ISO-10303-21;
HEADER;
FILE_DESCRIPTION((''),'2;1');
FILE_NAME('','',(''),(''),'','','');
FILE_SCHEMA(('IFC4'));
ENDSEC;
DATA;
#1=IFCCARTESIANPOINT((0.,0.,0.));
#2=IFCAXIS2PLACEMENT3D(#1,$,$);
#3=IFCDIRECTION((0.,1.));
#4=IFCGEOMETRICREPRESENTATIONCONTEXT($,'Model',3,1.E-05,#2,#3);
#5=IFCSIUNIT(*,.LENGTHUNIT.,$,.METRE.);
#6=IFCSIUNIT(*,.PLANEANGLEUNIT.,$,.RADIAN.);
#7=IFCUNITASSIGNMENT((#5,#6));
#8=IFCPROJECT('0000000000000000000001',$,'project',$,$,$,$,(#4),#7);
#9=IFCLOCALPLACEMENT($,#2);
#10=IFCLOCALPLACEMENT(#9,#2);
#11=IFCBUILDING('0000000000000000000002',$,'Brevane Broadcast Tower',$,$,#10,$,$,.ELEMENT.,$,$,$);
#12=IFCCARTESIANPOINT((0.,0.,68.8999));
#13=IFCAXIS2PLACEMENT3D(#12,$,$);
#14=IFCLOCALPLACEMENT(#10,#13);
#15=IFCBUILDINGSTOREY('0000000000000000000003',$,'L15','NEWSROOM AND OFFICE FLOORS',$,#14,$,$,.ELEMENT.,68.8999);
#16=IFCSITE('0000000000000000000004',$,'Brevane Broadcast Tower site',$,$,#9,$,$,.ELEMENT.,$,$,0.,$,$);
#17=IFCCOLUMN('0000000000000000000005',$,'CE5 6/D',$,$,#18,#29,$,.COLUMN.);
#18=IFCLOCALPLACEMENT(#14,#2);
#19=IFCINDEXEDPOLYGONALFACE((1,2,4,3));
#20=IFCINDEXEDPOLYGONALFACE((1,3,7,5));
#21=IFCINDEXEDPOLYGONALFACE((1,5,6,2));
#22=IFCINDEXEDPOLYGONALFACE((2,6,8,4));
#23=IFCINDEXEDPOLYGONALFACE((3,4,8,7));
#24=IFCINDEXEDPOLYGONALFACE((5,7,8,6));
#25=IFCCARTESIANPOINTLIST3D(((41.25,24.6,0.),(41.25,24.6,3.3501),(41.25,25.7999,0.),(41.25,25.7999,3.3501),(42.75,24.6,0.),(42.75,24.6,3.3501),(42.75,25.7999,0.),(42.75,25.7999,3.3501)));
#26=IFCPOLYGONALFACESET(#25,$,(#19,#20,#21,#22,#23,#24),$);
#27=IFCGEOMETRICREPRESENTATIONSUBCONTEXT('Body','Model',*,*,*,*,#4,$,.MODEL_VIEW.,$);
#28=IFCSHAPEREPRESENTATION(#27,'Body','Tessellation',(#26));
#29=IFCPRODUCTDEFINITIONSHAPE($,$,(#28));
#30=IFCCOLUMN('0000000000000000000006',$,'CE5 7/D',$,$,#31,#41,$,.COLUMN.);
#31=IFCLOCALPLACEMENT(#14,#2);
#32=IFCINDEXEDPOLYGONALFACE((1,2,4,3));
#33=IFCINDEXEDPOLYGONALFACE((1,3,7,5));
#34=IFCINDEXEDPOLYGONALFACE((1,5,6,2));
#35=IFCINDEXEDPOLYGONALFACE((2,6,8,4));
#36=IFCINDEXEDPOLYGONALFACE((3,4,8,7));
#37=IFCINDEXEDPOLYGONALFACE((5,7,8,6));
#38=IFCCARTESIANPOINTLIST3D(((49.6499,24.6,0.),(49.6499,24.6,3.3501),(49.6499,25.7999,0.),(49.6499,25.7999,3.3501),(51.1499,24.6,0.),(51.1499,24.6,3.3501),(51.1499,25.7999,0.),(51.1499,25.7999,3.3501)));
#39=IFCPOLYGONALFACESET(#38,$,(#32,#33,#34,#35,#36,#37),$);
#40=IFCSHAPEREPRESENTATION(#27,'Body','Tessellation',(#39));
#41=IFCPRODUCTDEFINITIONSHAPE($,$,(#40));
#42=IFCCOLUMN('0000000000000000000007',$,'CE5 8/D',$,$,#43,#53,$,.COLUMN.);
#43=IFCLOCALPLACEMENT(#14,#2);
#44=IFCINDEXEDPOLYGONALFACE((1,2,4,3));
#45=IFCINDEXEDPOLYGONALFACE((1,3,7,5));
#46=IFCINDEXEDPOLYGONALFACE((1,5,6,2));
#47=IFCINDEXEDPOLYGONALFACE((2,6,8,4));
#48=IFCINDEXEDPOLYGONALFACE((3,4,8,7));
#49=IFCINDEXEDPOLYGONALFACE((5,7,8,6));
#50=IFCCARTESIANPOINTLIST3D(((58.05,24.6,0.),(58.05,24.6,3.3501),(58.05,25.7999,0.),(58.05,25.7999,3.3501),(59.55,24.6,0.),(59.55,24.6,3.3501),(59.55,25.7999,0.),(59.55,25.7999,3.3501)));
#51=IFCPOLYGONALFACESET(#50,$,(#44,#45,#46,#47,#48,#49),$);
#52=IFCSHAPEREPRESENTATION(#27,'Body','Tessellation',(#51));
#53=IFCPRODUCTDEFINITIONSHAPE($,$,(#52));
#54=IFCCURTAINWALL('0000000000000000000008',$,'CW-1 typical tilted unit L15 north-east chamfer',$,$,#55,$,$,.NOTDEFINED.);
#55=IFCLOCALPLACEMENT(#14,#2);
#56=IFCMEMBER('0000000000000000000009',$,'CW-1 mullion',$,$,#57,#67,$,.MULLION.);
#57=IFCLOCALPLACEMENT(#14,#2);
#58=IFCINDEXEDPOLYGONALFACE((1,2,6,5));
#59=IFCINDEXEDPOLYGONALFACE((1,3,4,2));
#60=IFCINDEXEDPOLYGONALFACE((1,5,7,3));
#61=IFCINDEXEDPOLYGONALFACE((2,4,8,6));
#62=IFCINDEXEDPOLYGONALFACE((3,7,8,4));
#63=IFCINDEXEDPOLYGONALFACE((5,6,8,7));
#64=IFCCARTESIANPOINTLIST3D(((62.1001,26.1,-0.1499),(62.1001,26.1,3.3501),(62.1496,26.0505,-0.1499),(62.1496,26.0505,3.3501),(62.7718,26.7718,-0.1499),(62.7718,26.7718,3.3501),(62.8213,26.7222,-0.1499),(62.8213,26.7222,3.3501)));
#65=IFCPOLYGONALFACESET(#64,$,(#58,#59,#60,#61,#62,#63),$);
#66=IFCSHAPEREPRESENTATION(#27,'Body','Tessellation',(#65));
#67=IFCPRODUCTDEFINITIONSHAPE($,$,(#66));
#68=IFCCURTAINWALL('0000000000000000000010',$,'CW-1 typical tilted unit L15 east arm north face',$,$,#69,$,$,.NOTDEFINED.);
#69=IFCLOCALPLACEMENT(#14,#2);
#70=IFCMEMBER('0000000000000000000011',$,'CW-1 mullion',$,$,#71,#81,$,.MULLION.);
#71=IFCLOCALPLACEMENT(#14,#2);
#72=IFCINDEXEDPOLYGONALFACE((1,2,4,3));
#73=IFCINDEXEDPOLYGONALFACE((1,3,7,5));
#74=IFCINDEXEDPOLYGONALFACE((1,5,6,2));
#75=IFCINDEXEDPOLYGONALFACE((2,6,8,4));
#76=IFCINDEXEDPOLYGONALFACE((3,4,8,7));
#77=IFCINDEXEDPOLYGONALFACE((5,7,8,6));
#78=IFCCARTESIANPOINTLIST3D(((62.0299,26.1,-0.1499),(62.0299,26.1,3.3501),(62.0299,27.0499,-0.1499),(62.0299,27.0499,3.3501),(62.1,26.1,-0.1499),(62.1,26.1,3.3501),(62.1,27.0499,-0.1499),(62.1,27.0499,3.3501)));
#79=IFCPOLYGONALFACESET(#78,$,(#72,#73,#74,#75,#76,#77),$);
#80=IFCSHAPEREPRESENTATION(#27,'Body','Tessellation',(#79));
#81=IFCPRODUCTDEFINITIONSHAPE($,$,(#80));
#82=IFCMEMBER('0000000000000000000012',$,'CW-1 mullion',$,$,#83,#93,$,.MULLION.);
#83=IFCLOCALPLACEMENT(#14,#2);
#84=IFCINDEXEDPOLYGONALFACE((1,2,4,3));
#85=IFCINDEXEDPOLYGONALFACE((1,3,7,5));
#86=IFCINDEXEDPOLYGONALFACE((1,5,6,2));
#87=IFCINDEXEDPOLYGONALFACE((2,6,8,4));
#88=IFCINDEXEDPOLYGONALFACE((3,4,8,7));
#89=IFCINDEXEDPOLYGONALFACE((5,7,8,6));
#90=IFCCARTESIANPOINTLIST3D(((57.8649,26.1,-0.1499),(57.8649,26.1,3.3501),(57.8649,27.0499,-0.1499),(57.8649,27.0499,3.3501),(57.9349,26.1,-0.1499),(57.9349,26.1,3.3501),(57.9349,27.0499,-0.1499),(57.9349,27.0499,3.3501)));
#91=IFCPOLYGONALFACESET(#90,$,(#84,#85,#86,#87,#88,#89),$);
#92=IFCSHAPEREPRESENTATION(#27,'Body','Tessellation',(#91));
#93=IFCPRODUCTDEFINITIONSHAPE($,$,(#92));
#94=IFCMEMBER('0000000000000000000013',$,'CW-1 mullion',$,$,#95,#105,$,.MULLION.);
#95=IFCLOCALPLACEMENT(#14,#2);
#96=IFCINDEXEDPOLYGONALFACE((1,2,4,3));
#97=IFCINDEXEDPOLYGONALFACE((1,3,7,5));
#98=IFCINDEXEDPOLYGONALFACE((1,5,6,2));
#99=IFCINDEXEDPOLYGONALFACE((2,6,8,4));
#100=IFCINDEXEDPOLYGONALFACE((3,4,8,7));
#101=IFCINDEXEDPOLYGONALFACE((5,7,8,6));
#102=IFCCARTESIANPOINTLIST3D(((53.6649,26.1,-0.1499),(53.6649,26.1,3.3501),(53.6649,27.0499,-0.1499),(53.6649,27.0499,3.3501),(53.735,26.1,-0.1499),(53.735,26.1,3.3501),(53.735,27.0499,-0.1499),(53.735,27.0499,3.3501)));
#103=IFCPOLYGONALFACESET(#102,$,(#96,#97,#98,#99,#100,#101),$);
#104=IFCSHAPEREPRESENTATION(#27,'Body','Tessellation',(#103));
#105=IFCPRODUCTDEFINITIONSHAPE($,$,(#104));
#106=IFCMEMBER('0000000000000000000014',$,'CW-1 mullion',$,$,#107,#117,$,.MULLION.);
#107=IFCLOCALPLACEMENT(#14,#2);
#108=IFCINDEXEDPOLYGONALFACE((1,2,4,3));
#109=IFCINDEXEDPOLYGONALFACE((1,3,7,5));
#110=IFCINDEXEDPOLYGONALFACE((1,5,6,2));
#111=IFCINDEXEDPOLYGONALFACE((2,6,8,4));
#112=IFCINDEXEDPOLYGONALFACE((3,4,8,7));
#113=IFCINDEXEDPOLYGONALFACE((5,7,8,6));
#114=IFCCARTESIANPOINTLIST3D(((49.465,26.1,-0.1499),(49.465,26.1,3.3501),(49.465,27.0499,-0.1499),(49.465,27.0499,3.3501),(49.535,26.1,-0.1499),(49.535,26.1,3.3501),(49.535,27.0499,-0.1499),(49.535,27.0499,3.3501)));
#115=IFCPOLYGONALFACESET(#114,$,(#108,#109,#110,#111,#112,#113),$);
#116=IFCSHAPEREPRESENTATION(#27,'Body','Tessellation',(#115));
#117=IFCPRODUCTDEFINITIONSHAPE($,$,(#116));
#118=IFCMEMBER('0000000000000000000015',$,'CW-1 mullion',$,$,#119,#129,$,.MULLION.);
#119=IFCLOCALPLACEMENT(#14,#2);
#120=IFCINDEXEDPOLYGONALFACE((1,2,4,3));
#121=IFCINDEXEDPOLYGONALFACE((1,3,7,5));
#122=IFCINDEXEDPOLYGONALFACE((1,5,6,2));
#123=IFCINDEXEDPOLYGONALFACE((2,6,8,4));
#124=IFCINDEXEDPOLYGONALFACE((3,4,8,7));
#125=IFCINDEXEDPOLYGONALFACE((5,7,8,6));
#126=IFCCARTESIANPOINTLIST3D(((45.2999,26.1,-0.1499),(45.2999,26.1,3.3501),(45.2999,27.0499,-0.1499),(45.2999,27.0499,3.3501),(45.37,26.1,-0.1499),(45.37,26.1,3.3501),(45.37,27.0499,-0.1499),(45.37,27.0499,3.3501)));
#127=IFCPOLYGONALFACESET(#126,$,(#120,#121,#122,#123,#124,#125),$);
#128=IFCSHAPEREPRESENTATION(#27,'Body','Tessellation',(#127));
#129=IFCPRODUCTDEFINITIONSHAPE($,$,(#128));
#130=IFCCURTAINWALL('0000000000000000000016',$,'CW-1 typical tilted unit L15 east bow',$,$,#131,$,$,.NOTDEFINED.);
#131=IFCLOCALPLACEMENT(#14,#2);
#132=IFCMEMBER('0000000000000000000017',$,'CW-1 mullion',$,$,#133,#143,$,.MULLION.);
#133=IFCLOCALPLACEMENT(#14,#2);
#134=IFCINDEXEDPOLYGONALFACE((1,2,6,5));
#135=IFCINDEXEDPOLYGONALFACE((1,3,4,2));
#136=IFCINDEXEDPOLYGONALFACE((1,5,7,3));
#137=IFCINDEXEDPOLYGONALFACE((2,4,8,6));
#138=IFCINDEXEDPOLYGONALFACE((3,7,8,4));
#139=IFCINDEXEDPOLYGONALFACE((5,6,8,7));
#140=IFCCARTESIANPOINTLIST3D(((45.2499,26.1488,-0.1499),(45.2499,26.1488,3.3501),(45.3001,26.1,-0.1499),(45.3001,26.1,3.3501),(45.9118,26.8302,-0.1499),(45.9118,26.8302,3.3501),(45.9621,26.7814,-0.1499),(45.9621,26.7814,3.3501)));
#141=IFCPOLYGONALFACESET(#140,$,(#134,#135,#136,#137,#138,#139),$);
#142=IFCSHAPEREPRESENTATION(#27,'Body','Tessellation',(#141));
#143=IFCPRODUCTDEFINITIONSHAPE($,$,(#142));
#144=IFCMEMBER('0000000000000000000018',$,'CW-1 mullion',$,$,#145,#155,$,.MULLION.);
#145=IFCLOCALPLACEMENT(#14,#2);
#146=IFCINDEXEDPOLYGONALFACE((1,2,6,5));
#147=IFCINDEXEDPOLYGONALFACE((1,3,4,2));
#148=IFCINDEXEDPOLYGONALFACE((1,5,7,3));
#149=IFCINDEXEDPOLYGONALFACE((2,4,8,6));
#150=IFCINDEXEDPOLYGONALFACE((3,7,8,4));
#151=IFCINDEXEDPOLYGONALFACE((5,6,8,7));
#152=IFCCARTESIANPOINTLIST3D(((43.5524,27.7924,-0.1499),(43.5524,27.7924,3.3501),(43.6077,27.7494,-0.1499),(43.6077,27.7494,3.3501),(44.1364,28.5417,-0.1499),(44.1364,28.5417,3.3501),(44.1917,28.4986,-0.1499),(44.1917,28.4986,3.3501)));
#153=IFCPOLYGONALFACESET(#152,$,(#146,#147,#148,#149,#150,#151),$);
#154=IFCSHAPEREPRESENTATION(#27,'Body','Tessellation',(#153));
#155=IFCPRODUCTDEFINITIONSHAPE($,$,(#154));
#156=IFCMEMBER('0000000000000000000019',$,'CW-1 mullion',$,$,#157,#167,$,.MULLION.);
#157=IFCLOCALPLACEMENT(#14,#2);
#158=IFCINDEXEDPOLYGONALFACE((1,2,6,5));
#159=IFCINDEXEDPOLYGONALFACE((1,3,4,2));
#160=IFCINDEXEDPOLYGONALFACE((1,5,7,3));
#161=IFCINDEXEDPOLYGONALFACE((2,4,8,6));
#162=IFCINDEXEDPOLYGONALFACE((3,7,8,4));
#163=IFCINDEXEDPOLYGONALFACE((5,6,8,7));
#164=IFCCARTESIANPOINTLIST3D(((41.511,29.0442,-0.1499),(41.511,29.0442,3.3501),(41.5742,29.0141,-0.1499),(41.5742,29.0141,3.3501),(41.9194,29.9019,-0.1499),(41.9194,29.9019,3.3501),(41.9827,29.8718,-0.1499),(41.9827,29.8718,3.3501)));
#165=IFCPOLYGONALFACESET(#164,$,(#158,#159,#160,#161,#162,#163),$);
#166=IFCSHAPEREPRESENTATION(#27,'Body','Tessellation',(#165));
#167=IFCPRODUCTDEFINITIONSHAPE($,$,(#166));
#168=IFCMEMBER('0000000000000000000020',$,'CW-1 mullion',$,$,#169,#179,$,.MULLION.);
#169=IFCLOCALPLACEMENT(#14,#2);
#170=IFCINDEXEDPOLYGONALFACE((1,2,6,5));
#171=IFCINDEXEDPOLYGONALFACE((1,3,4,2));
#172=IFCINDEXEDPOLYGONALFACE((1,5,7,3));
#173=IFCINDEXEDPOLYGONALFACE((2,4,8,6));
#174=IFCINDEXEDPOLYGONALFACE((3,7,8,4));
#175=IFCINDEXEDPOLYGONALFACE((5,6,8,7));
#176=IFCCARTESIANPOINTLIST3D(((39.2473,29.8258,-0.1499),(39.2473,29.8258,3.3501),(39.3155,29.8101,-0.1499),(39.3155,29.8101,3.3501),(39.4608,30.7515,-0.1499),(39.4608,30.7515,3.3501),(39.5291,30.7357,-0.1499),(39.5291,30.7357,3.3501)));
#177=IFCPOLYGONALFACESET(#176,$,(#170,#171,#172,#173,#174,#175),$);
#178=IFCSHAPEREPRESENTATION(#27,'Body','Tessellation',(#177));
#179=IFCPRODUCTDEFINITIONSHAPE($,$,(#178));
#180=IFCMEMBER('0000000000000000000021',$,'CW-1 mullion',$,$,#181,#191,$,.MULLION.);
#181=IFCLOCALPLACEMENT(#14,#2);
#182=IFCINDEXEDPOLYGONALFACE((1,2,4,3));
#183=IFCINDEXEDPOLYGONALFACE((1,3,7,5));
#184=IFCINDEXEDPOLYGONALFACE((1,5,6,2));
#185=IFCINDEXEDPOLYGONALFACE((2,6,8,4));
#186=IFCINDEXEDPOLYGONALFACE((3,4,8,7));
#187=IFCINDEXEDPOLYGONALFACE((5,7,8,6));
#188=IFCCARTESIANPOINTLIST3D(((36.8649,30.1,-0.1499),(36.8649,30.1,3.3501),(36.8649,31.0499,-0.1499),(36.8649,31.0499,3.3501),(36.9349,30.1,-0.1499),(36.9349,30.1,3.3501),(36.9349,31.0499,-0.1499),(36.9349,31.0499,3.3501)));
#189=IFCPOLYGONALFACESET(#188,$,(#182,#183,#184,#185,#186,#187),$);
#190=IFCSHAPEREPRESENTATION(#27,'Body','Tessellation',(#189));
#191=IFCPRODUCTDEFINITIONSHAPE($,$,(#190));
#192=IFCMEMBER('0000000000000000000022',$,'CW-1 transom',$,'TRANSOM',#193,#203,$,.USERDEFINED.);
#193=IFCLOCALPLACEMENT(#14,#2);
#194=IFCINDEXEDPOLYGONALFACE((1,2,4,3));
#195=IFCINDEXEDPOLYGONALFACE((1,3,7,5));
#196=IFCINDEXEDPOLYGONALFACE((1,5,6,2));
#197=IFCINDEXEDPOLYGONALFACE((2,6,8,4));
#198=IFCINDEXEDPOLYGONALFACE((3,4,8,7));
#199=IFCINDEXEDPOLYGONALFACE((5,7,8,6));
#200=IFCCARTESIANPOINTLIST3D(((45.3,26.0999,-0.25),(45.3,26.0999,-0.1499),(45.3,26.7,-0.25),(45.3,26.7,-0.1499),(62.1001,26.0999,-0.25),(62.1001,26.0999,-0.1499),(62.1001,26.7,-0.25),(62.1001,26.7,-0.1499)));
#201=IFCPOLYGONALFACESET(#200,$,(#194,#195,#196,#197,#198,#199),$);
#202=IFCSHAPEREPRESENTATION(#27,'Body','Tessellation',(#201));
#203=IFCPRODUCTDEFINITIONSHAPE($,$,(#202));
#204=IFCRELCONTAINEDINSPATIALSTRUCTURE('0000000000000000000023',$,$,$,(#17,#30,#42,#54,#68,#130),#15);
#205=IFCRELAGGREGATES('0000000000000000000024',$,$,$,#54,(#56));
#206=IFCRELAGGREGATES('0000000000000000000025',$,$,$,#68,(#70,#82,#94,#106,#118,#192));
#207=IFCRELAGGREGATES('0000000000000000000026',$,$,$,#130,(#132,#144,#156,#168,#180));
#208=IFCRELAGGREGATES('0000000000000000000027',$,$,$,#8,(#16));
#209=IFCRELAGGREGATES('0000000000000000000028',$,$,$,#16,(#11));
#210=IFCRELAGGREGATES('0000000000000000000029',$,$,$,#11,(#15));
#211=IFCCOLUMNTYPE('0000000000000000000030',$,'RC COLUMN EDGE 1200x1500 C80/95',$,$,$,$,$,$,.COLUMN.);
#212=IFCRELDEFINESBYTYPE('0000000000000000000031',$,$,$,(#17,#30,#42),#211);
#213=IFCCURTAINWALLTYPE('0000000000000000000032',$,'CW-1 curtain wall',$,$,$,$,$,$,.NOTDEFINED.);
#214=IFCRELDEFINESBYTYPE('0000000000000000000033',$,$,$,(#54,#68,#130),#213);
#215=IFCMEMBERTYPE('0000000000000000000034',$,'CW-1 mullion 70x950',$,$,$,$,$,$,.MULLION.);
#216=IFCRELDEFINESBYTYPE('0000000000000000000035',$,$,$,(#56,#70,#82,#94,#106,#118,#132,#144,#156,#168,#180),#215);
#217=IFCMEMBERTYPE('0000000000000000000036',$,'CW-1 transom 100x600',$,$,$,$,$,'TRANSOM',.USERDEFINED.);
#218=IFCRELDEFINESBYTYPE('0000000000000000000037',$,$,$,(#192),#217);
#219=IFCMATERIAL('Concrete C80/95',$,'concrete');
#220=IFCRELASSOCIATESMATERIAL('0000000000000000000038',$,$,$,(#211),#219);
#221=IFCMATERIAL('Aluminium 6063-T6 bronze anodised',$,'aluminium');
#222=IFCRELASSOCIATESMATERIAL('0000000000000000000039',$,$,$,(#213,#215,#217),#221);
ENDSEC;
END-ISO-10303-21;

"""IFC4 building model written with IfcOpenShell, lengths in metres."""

from ifc_helpers import new_model, si_unit, direction, frame, origin, origin_2d, place, context, subcontext, project, spatial, rectangle, extrude, material, material_profile, profile_set, type_object, element, aggregate, save


model = new_model("IFC4")

# Units and contexts
model_context = context("Model", 3, precision=1e-05, world=origin(), true_north=direction((0.0, 1.0)))
body_context = subcontext(model_context, "Body", "Model", "MODEL_VIEW")
ifc_project = project(units=[si_unit("LENGTHUNIT", "METRE"), si_unit("PLANEANGLEUNIT", "RADIAN")], contexts=[model_context])

# Site, building, storey
site_placement = place(None, origin())
site = spatial("IfcSite", under=ifc_project, at=site_placement, Name="Brevane Broadcast Tower site", CompositionType="ELEMENT", RefElevation=0.0)
building_placement = place(site_placement, origin())
building = spatial("IfcBuilding", under=site, at=building_placement, Name="Brevane Broadcast Tower", CompositionType="ELEMENT")
storey_placement = place(building_placement, frame((0.0, 0.0, 68.8999)))
storey = spatial("IfcBuildingStorey", under=building, at=storey_placement, Name="L15", Description="NEWSROOM AND OFFICE FLOORS", CompositionType="ELEMENT", Elevation=68.8999)

# Columns
ifc_material_1 = material(Name="Concrete C80/95", Category="concrete")
ifc_material_profile_1 = material_profile(ifc_material_1, rectangle(XDim=1.2, YDim=1.5, at=origin_2d()), Name="RC 1200x1500")
ifc_profile_set_1 = profile_set([ifc_material_profile_1], Name="Concrete C80/95")
column_type = type_object("IfcColumnType", Name="RC COLUMN EDGE 1200x1500 C80/95", PredefinedType="COLUMN", material=ifc_profile_set_1)
for number, where, z_axis, x_axis, name in (
    (1, (42.0, 25.2, 0.0), (0.0, 0.0, 1.0), (0.0, 1.0, 0.0), "CE5 6/D"),
    (2, (50.3999, 25.2, 0.0), (0.0, 0.0, 1.0), (0.0, 1.0, 0.0), "CE5 7/D"),
    (3, (58.8, 25.2, 0.0), (0.0, 0.0, 1.0), (0.0, 1.0, 0.0), "CE5 8/D"),
):
    element("IfcColumn", number, at=place(storey_placement, frame(where, z_axis=z_axis, x_axis=x_axis)), inside=storey, type_object=column_type, Name=name, PredefinedType="COLUMN", context=body_context, shape_type="SweptSolid", body=[
        extrude(rectangle(XDim=1.2, YDim=1.5, at=origin_2d()), origin(), (0.0, 0.0, 1.0), 3.3501),
    ])

# Curtain wall, member
ifc_material_2 = material(Name="Aluminium 6063-T6 bronze anodised", Category="aluminium")
curtain_wall_type = type_object("IfcCurtainWallType", Name="CW-1 curtain wall", PredefinedType="NOTDEFINED", material=ifc_material_2)
curtain_wall_1_placement = place(storey_placement, origin())
curtain_wall_1 = element("IfcCurtainWall", 4, at=curtain_wall_1_placement, inside=storey, type_object=curtain_wall_type, Name="CW-1 typical tilted unit L15 north-east chamfer", PredefinedType="NOTDEFINED")
ifc_material_profile_2 = material_profile(ifc_material_2, rectangle(XDim=0.95, YDim=0.0701, at=origin_2d()), Name="RECT 70x950")
ifc_profile_set_2 = profile_set([ifc_material_profile_2], Name="Aluminium 6063-T6 bronze anodised")
member_type_1 = type_object("IfcMemberType", Name="CW-1 mullion 70x950", PredefinedType="MULLION", material=ifc_profile_set_2)
member_1_placement = place(storey_placement, frame((62.4607, 26.4111, -0.1499), z_axis=(0.0, 0.0, 1.0), x_axis=(-0.707107, -0.707107, 0.0)))
member_1 = element("IfcMember", 5, at=member_1_placement, type_object=member_type_1, Name="CW-1 mullion", PredefinedType="MULLION", context=body_context, shape_type="SweptSolid", body=[
    extrude(rectangle(XDim=0.95, YDim=0.0701, at=origin_2d()), origin(), (0.0, 0.0, 1.0), 3.5),
])
aggregate(curtain_wall_1, [member_1])

# Curtain walls, members
curtain_wall_2_placement = place(storey_placement, origin())
curtain_wall_2 = element("IfcCurtainWall", 6, at=curtain_wall_2_placement, inside=storey, type_object=curtain_wall_type, Name="CW-1 typical tilted unit L15 east arm north face", PredefinedType="NOTDEFINED")
member_2_placement = place(storey_placement, frame((62.0649, 26.575, -0.1499), z_axis=(0.0, 0.0, 1.0), x_axis=(0.0, -1.0, 0.0)))
member_2 = element("IfcMember", 7, at=member_2_placement, type_object=member_type_1, Name="CW-1 mullion", PredefinedType="MULLION", context=body_context, shape_type="SweptSolid", body=[
    extrude(rectangle(XDim=0.95, YDim=0.0701, at=origin_2d()), origin(), (0.0, 0.0, 1.0), 3.5),
])
member_3_placement = place(storey_placement, frame((57.8999, 26.575, -0.1499), z_axis=(0.0, 0.0, 1.0), x_axis=(0.0, -1.0, 0.0)))
member_3 = element("IfcMember", 8, at=member_3_placement, type_object=member_type_1, Name="CW-1 mullion", PredefinedType="MULLION", context=body_context, shape_type="SweptSolid", body=[
    extrude(rectangle(XDim=0.95, YDim=0.0701, at=origin_2d()), origin(), (0.0, 0.0, 1.0), 3.5),
])
member_4_placement = place(storey_placement, frame((53.7, 26.575, -0.1499), z_axis=(0.0, 0.0, 1.0), x_axis=(0.0, -1.0, 0.0)))
member_4 = element("IfcMember", 9, at=member_4_placement, type_object=member_type_1, Name="CW-1 mullion", PredefinedType="MULLION", context=body_context, shape_type="SweptSolid", body=[
    extrude(rectangle(XDim=0.95, YDim=0.0701, at=origin_2d()), origin(), (0.0, 0.0, 1.0), 3.5),
])
member_5_placement = place(storey_placement, frame((49.5, 26.575, -0.1499), z_axis=(0.0, 0.0, 1.0), x_axis=(0.0, -1.0, 0.0)))
member_5 = element("IfcMember", 10, at=member_5_placement, type_object=member_type_1, Name="CW-1 mullion", PredefinedType="MULLION", context=body_context, shape_type="SweptSolid", body=[
    extrude(rectangle(XDim=0.95, YDim=0.0701, at=origin_2d()), origin(), (0.0, 0.0, 1.0), 3.5),
])
member_6_placement = place(storey_placement, frame((45.335, 26.575, -0.1499), z_axis=(0.0, 0.0, 1.0), x_axis=(0.0, -1.0, 0.0)))
member_6 = element("IfcMember", 11, at=member_6_placement, type_object=member_type_1, Name="CW-1 mullion", PredefinedType="MULLION", context=body_context, shape_type="SweptSolid", body=[
    extrude(rectangle(XDim=0.95, YDim=0.0701, at=origin_2d()), origin(), (0.0, 0.0, 1.0), 3.5),
])
curtain_wall_3_placement = place(storey_placement, origin())
curtain_wall_3 = element("IfcCurtainWall", 12, at=curtain_wall_3_placement, inside=storey, type_object=curtain_wall_type, Name="CW-1 typical tilted unit L15 east bow", PredefinedType="NOTDEFINED")
member_7_placement = place(storey_placement, frame((45.606, 26.4651, -0.1499), z_axis=(0.0, 0.0, 1.0), x_axis=(-0.696812, -0.717254, 0.0)))
member_7 = element("IfcMember", 13, at=member_7_placement, type_object=member_type_1, Name="CW-1 mullion", PredefinedType="MULLION", context=body_context, shape_type="SweptSolid", body=[
    extrude(rectangle(XDim=0.95, YDim=0.0701, at=origin_2d()), origin(), (0.0, 0.0, 1.0), 3.5),
])
member_8_placement = place(storey_placement, frame((43.8721, 28.1455, -0.1499), z_axis=(0.0, 0.0, 1.0), x_axis=(-0.61477, -0.788707, 0.0)))
member_8 = element("IfcMember", 14, at=member_8_placement, type_object=member_type_1, Name="CW-1 mullion", PredefinedType="MULLION", context=body_context, shape_type="SweptSolid", body=[
    extrude(rectangle(XDim=0.95, YDim=0.0701, at=origin_2d()), origin(), (0.0, 0.0, 1.0), 3.5),
])
member_9_placement = place(storey_placement, frame((41.7468, 29.458, -0.1499), z_axis=(0.0, 0.0, 1.0), x_axis=(-0.429934, -0.902861, 0.0)))
member_9 = element("IfcMember", 15, at=member_9_placement, type_object=member_type_1, Name="CW-1 mullion", PredefinedType="MULLION", context=body_context, shape_type="SweptSolid", body=[
    extrude(rectangle(XDim=0.95, YDim=0.0701, at=origin_2d()), origin(), (0.0, 0.0, 1.0), 3.5),
])
member_10_placement = place(storey_placement, frame((39.3882, 30.2808, -0.1499), z_axis=(0.0, 0.0, 1.0), x_axis=(-0.224806, -0.974403, 0.0)))
member_10 = element("IfcMember", 16, at=member_10_placement, type_object=member_type_1, Name="CW-1 mullion", PredefinedType="MULLION", context=body_context, shape_type="SweptSolid", body=[
    extrude(rectangle(XDim=0.95, YDim=0.0701, at=origin_2d()), origin(), (0.0, 0.0, 1.0), 3.5),
])
member_11_placement = place(storey_placement, frame((36.8999, 30.575, -0.1499), z_axis=(0.0, 0.0, 1.0), x_axis=(0.0, -1.0, 0.0)))
member_11 = element("IfcMember", 17, at=member_11_placement, type_object=member_type_1, Name="CW-1 mullion", PredefinedType="MULLION", context=body_context, shape_type="SweptSolid", body=[
    extrude(rectangle(XDim=0.95, YDim=0.0701, at=origin_2d()), origin(), (0.0, 0.0, 1.0), 3.5),
])

# Member
ifc_material_profile_3 = material_profile(ifc_material_2, rectangle(XDim=0.6001, YDim=0.1001, at=origin_2d()), Name="RECT 100x600")
ifc_profile_set_3 = profile_set([ifc_material_profile_3], Name="Aluminium 6063-T6 bronze anodised")
member_type_2 = type_object("IfcMemberType", Name="CW-1 transom 100x600", ElementType="TRANSOM", PredefinedType="USERDEFINED", material=ifc_profile_set_3)
member_12_placement = place(storey_placement, frame((62.1001, 26.3999, -0.2), z_axis=(-1.0, 0.0, 0.0), x_axis=(0.0, -1.0, 0.0)))
member_12 = element("IfcMember", 18, at=member_12_placement, type_object=member_type_2, Name="CW-1 transom", ObjectType="TRANSOM", PredefinedType="USERDEFINED", context=body_context, shape_type="SweptSolid", body=[
    extrude(rectangle(XDim=0.6001, YDim=0.1001, at=origin_2d()), origin(), (0.0, 0.0, 1.0), 16.8),
])
aggregate(curtain_wall_2, [member_2, member_3, member_4, member_5, member_6, member_12])
aggregate(curtain_wall_3, [member_7, member_8, member_9, member_10, member_11])

save(model, "model.ifc")
